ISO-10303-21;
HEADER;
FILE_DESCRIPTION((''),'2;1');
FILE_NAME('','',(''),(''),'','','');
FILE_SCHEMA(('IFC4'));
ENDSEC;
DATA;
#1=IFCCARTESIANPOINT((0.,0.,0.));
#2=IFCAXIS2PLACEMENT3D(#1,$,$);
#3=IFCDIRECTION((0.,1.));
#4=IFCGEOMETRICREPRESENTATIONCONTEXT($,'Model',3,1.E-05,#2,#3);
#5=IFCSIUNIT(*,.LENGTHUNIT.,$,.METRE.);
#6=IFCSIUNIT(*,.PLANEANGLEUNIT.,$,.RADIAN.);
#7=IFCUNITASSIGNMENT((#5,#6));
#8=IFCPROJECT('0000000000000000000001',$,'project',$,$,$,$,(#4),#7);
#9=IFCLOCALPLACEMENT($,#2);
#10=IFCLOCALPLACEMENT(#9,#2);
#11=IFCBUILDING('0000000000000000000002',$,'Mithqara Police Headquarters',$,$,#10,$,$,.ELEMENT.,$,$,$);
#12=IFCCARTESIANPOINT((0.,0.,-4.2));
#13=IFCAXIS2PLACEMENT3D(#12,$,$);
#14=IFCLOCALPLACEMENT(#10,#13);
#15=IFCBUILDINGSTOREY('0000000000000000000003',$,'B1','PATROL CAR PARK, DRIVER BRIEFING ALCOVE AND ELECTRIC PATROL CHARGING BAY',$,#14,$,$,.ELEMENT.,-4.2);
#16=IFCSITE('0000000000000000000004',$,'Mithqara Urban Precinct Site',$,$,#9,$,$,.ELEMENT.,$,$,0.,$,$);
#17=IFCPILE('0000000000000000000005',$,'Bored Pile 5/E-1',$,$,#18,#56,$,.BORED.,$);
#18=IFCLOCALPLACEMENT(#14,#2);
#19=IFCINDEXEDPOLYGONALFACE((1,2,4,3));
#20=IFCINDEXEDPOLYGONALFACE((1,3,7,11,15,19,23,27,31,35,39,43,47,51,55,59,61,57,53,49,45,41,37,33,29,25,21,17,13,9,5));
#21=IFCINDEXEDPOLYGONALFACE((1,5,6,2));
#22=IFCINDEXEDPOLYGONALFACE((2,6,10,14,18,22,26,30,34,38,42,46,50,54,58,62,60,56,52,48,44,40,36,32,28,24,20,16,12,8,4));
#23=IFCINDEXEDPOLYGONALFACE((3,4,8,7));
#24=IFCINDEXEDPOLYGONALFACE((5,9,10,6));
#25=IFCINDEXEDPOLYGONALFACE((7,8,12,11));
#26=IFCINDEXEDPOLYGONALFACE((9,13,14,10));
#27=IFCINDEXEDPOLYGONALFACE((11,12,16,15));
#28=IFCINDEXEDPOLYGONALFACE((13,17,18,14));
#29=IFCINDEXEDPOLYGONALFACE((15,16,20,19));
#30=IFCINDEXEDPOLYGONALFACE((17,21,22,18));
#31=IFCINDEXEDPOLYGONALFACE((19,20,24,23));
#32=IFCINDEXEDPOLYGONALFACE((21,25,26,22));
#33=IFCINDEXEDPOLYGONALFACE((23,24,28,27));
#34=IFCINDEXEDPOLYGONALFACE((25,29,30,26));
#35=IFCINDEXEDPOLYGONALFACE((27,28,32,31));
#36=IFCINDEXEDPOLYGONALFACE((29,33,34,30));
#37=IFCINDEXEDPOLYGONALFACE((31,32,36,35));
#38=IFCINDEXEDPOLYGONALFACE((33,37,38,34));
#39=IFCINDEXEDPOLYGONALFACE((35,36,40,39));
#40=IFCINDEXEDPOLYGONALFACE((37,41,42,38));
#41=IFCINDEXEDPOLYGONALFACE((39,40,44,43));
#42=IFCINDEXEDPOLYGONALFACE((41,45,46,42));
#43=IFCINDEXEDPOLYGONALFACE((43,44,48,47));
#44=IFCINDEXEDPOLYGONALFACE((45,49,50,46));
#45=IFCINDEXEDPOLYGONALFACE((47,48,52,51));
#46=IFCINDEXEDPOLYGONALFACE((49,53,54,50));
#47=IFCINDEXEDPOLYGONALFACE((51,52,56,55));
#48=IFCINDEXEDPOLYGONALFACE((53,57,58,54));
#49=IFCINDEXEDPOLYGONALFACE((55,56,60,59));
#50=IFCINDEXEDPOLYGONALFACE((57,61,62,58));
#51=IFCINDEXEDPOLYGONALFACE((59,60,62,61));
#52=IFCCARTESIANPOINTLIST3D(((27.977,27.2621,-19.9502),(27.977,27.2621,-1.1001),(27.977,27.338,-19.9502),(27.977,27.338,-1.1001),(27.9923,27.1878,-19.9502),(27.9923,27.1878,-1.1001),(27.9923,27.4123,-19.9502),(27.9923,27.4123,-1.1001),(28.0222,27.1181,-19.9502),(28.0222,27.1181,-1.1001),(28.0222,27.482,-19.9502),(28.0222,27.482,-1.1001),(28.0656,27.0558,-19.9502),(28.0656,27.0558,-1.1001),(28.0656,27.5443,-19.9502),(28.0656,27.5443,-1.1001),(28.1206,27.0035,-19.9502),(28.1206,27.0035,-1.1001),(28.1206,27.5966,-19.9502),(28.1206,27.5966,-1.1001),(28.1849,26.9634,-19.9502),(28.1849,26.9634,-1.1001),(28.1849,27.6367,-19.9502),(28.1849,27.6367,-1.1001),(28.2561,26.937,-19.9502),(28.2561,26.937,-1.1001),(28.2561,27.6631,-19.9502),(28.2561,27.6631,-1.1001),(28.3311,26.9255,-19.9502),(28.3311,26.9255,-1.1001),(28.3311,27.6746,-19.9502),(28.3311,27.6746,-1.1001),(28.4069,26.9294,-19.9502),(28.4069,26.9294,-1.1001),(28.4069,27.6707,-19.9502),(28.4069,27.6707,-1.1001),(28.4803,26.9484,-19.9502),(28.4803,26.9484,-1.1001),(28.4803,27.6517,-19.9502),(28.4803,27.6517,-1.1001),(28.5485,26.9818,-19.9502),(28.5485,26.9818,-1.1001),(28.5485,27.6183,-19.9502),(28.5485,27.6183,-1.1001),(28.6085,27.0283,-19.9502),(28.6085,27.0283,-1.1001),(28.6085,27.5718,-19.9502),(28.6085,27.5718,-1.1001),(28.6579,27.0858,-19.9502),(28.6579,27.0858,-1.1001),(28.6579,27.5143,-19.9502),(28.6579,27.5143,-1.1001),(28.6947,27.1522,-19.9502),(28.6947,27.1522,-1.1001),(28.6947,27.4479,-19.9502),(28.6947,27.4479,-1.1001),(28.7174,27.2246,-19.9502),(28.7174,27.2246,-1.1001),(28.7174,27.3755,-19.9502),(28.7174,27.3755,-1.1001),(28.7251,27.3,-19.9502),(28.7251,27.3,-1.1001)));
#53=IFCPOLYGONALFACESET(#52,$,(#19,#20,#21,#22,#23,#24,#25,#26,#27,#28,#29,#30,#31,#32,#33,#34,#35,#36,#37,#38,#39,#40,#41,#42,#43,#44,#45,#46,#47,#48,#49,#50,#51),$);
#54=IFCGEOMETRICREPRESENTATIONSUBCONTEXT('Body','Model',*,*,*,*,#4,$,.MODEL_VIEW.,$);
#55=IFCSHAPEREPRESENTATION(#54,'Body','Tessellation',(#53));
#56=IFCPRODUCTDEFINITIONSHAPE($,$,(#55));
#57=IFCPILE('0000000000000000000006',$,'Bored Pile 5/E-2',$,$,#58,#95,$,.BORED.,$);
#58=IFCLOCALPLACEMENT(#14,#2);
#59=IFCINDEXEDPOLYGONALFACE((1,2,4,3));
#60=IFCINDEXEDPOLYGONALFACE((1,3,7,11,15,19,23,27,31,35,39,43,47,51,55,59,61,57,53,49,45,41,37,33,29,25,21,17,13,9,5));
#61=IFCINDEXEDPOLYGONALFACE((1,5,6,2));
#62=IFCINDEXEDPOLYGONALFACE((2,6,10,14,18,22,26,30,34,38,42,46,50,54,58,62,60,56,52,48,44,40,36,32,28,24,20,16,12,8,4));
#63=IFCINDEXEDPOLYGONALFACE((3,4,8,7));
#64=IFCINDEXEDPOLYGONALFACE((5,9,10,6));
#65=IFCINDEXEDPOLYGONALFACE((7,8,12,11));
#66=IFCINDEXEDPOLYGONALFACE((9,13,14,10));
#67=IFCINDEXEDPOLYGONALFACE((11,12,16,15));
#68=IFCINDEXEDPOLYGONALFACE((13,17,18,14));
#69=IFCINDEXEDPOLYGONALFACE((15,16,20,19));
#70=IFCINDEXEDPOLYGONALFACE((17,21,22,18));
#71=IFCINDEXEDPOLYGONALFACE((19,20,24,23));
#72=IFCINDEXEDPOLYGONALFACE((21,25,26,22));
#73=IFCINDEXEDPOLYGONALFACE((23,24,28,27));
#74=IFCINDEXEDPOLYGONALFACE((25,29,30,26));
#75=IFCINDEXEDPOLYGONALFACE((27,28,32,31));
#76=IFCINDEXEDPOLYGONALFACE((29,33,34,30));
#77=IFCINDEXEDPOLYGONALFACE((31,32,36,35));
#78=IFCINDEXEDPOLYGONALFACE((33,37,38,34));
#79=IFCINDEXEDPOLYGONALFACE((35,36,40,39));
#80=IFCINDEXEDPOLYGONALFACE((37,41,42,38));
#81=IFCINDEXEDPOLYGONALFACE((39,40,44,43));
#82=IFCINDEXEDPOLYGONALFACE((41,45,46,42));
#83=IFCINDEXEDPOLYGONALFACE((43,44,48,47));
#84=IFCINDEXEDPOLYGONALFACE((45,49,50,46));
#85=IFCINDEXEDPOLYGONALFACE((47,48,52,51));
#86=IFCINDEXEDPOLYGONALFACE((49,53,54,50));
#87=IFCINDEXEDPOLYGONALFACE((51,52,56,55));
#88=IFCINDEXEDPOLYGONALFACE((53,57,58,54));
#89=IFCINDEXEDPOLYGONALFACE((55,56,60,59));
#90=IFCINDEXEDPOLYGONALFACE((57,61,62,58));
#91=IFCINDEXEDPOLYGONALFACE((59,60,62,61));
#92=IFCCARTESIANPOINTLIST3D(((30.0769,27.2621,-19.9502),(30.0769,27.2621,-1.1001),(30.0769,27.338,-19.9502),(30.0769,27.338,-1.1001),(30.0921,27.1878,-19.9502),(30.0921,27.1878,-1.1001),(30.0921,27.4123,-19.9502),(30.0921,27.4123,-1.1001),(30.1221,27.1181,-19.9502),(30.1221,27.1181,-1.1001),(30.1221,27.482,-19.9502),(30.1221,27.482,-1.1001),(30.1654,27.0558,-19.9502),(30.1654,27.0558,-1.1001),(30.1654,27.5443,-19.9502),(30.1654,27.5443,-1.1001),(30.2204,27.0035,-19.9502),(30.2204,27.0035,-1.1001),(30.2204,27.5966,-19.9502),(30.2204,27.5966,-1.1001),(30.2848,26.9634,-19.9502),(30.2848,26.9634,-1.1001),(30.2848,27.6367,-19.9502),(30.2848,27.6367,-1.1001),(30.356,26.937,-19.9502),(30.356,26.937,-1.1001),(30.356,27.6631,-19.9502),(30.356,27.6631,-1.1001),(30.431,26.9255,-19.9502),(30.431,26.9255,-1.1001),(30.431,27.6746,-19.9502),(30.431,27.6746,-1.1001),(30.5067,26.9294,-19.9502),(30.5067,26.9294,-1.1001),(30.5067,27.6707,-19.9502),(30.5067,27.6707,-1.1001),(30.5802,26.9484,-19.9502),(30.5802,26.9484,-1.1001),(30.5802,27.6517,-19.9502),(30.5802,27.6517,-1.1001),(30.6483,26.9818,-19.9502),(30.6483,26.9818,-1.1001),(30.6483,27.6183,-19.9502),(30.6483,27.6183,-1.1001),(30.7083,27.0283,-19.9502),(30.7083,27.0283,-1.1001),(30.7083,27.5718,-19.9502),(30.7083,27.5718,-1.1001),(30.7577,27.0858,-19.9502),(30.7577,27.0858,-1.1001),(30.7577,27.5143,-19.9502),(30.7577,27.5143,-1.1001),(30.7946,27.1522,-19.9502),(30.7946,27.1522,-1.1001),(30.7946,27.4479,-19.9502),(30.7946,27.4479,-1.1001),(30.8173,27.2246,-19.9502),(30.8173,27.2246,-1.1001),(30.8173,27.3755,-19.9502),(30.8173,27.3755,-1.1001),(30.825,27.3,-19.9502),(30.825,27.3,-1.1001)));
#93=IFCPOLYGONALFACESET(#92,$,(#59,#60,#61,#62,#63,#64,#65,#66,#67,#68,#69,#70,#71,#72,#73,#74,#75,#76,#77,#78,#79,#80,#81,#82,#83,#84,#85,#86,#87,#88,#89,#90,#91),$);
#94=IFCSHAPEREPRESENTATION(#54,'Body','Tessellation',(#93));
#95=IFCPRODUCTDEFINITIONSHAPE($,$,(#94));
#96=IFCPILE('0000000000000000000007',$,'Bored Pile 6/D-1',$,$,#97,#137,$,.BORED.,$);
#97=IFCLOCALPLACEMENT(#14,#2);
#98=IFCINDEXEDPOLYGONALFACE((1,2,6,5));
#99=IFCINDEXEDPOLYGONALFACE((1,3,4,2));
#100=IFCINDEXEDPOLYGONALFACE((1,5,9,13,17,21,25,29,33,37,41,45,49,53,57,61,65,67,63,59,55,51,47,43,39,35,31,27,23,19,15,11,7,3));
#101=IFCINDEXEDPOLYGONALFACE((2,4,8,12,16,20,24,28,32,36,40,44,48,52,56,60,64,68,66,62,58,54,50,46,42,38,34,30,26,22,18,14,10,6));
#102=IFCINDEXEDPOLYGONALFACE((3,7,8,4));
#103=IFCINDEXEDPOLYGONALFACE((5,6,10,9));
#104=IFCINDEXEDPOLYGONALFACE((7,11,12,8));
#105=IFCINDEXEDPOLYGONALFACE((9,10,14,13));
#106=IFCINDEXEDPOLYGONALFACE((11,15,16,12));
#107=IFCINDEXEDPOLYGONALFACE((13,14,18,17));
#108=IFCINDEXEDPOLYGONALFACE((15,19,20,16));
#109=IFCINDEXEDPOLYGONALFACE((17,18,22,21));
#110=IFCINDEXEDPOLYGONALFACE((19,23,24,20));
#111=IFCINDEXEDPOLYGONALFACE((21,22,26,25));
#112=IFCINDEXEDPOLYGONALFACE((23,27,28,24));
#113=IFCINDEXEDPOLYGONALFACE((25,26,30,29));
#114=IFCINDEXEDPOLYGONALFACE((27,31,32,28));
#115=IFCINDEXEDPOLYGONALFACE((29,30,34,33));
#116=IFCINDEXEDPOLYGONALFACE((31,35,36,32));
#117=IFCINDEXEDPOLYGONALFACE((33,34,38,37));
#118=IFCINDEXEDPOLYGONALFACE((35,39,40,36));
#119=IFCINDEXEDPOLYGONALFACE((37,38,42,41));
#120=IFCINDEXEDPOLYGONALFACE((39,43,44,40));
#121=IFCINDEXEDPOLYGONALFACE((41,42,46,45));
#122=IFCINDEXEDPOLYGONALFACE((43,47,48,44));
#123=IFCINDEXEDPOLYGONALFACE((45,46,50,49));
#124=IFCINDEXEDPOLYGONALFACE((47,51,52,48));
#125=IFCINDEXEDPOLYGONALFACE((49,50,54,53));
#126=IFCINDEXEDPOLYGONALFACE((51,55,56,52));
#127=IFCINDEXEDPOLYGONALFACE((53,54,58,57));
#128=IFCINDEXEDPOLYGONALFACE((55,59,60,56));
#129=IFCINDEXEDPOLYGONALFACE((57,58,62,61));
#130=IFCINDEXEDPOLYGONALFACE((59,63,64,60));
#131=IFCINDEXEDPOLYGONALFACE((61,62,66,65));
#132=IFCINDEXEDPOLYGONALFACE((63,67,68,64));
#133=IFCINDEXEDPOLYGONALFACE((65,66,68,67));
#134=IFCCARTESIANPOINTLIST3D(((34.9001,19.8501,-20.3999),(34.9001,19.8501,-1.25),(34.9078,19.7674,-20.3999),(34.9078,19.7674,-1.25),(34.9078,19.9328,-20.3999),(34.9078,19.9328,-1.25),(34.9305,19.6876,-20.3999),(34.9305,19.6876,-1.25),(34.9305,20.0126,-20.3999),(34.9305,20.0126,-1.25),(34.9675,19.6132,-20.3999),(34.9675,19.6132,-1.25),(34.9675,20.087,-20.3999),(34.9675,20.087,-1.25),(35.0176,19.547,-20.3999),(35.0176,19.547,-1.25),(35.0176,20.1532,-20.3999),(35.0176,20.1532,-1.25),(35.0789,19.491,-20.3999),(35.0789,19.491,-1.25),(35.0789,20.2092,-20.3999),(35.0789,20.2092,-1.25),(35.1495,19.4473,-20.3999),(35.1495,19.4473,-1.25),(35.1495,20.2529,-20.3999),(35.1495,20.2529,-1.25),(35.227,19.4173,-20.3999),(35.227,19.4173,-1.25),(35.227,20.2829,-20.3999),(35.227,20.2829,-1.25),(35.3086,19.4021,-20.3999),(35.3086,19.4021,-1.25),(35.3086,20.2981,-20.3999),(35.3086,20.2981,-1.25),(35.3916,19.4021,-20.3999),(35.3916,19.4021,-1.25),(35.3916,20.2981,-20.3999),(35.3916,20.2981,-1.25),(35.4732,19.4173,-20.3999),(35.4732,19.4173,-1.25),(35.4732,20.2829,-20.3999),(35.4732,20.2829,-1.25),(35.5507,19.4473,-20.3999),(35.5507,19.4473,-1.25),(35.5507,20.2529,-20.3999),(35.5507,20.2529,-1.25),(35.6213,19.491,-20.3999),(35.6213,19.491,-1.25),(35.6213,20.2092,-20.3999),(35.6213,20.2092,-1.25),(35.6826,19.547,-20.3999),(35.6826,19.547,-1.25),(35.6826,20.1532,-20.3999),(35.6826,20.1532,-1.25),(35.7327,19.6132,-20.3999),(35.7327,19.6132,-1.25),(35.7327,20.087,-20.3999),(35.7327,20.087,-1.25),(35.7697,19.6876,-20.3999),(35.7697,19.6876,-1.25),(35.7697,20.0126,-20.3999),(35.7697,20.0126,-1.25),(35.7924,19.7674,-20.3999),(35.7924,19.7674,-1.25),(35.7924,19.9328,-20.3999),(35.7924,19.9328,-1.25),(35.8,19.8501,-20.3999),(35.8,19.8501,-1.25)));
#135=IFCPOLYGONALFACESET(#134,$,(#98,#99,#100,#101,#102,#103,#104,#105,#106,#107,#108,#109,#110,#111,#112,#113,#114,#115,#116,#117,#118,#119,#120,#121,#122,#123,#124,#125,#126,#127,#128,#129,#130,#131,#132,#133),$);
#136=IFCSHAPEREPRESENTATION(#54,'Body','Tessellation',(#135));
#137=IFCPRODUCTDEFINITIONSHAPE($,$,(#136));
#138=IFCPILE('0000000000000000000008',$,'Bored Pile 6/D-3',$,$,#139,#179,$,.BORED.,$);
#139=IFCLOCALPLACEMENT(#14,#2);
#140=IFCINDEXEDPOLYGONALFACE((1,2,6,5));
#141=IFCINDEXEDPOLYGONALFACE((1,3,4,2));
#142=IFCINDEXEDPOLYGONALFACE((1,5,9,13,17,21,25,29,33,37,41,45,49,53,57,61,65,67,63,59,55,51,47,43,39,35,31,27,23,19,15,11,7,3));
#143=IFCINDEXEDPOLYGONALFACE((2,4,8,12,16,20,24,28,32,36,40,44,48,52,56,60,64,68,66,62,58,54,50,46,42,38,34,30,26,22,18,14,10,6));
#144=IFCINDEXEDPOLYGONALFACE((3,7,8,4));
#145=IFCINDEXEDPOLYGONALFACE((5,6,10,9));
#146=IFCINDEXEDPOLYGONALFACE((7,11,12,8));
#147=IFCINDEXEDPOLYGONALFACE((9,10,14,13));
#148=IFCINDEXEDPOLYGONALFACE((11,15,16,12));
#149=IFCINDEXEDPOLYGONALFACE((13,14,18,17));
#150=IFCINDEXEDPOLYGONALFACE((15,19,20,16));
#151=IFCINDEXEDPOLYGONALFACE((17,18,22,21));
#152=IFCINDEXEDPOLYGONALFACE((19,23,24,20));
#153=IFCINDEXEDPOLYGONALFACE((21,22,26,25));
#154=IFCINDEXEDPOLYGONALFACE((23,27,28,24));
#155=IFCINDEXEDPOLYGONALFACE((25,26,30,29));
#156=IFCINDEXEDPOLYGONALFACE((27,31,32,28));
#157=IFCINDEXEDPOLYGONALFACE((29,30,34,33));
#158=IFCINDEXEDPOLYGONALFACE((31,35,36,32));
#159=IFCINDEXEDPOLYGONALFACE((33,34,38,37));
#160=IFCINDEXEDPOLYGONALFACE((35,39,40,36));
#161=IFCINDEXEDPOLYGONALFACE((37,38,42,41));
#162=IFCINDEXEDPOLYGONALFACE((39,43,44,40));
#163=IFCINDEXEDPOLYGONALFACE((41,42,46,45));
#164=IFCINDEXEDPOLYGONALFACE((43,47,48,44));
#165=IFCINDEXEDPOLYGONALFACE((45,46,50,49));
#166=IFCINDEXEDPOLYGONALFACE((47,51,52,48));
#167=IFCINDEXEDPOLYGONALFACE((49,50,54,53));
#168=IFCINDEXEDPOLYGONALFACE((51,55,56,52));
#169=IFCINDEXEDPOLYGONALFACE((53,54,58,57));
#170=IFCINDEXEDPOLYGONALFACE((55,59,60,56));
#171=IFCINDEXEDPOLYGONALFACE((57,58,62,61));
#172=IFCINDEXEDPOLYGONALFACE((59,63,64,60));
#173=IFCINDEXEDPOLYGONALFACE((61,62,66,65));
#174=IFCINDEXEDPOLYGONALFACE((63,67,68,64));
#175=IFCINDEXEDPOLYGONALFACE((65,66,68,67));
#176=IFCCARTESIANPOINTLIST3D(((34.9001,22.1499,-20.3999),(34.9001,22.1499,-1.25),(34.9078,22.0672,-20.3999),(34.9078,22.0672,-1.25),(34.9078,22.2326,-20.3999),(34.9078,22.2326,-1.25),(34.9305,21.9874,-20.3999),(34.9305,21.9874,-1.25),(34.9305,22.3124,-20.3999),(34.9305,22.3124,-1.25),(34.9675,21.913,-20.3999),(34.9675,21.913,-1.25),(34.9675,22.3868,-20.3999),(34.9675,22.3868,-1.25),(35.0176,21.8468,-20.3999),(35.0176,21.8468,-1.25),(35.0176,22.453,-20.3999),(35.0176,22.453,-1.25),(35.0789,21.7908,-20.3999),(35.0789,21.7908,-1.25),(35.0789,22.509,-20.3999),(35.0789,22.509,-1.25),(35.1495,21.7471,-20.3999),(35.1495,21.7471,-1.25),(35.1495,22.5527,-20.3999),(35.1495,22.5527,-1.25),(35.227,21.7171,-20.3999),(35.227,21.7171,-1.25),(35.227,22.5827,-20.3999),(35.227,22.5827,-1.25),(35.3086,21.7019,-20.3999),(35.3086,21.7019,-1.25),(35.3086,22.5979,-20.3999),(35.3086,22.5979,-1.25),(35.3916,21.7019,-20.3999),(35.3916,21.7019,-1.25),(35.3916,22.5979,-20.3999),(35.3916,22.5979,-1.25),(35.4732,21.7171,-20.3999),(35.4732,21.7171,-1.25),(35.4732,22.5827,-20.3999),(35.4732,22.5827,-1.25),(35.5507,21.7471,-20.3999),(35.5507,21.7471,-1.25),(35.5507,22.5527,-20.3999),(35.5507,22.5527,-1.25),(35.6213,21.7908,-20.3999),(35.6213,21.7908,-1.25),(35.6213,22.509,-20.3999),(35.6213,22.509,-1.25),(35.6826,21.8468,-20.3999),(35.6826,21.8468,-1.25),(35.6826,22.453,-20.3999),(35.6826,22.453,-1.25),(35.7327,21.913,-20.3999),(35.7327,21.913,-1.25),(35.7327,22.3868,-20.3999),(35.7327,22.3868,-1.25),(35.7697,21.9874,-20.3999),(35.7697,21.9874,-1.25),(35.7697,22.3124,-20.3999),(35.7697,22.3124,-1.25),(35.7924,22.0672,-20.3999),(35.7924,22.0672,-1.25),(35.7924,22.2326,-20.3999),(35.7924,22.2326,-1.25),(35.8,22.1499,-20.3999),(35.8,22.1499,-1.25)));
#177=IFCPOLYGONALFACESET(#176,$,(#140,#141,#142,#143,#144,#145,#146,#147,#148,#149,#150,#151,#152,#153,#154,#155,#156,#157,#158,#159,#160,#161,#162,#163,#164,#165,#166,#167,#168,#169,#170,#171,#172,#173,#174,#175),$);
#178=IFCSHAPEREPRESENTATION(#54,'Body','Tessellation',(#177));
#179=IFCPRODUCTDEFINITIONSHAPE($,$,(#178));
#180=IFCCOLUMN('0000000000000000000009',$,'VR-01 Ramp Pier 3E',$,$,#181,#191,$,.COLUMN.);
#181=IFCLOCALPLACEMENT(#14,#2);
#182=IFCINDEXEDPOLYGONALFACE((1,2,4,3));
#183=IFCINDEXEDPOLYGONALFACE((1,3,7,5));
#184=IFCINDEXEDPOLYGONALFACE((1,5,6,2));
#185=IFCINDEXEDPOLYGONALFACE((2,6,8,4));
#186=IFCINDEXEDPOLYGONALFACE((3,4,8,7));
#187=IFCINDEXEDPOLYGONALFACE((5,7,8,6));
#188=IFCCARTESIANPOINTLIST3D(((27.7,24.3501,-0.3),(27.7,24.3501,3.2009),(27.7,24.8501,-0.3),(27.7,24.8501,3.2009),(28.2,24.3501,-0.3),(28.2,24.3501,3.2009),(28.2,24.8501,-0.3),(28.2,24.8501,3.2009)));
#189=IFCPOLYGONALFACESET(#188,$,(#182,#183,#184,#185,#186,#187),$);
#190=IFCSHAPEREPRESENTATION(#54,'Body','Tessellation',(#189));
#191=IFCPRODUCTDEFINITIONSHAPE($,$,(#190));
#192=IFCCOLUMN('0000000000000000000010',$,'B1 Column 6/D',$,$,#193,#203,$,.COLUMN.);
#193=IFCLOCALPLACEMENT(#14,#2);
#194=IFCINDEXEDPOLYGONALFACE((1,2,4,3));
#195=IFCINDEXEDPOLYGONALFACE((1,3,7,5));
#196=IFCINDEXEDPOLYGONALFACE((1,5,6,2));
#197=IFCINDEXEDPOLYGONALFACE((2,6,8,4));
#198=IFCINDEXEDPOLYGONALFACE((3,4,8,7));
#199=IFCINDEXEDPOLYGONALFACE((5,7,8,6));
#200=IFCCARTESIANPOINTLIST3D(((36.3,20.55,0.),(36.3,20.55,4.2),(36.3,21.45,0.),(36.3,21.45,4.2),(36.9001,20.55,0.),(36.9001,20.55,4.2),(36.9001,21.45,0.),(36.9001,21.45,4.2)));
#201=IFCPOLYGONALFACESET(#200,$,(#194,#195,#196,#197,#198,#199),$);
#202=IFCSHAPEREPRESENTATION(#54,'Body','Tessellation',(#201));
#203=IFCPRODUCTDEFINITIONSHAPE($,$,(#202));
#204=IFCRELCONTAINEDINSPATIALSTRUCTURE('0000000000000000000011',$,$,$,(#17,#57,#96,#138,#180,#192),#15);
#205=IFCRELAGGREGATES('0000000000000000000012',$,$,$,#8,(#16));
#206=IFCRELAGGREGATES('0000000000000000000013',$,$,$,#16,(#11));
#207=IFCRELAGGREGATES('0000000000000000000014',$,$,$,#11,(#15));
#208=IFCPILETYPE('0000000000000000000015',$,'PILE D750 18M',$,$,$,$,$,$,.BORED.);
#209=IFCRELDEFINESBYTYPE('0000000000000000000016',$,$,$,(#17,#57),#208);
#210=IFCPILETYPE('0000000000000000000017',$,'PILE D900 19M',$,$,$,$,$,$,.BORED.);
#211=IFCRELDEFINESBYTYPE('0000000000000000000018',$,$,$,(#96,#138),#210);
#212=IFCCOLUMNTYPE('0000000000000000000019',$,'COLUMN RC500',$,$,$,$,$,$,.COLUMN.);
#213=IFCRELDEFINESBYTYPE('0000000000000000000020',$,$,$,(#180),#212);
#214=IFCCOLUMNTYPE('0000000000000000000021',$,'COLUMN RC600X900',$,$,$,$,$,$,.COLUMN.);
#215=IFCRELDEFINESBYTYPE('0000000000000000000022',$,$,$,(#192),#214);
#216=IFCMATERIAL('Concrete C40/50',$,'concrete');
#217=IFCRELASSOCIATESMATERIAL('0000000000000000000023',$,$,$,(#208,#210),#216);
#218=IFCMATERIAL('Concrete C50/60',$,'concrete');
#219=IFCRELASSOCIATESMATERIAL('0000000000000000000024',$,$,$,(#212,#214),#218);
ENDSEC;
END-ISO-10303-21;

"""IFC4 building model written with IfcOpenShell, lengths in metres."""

from ifc_helpers import new_model, si_unit, direction, frame, origin, origin_2d, place, context, subcontext, project, spatial, rectangle, circle, extrude, material, material_profile, profile_set, type_object, element, save


model = new_model("IFC4")

# Units and contexts
model_context = context("Model", 3, precision=1e-05, world=origin(), true_north=direction((0.0, 1.0)))
body_context = subcontext(model_context, "Body", "Model", "MODEL_VIEW")
ifc_project = project(units=[si_unit("LENGTHUNIT", "METRE"), si_unit("PLANEANGLEUNIT", "RADIAN")], contexts=[model_context])

# Site, building, storey
site_placement = place(None, origin())
site = spatial("IfcSite", under=ifc_project, at=site_placement, Name="Mithqara Urban Precinct Site", CompositionType="ELEMENT", RefElevation=0.0)
building_placement = place(site_placement, origin())
building = spatial("IfcBuilding", under=site, at=building_placement, Name="Mithqara Police Headquarters", CompositionType="ELEMENT")
storey_placement = place(building_placement, frame((0.0, 0.0, -4.2)))
storey = spatial("IfcBuildingStorey", under=building, at=storey_placement, Name="B1", Description="PATROL CAR PARK, DRIVER BRIEFING ALCOVE AND ELECTRIC PATROL CHARGING BAY", CompositionType="ELEMENT", Elevation=-4.2)

# Shared definitions
ifc_material_1 = material(Name="Concrete C40/50", Category="concrete")

# Piles
ifc_material_profile_1 = material_profile(ifc_material_1, circle(Radius=0.375, at=origin_2d()), Name="PILE D750")
ifc_profile_set_1 = profile_set([ifc_material_profile_1], Name="Concrete C40/50")
pile_type_1 = type_object("IfcPileType", Name="PILE D750 18M", PredefinedType="BORED", material=ifc_profile_set_1)
for number, where, z_axis, x_axis, name in (
    (1, (28.3501, 27.3, -1.1001), (0.0, 0.0, -1.0), (1.0, 0.0, 0.0), "Bored Pile 5/E-1"),
    (2, (30.45, 27.3, -1.1001), (0.0, 0.0, -1.0), (1.0, 0.0, 0.0), "Bored Pile 5/E-2"),
):
    element("IfcPile", number, at=place(storey_placement, frame(where, z_axis=z_axis, x_axis=x_axis)), inside=storey, type_object=pile_type_1, Name=name, PredefinedType="BORED", context=body_context, shape_type="SweptSolid", body=[
        extrude(circle(Radius=0.375, at=origin_2d()), origin(), (0.0, 0.0, 1.0), 18.8501),
    ])
ifc_material_profile_2 = material_profile(ifc_material_1, circle(Radius=0.45, at=origin_2d()), Name="PILE D900")
ifc_profile_set_2 = profile_set([ifc_material_profile_2], Name="Concrete C40/50")
pile_type_2 = type_object("IfcPileType", Name="PILE D900 19M", PredefinedType="BORED", material=ifc_profile_set_2)
for number, where, z_axis, x_axis, name in (
    (3, (35.3501, 19.8501, -1.25), (0.0, 0.0, -1.0), (1.0, 0.0, 0.0), "Bored Pile 6/D-1"),
    (4, (35.3501, 22.1499, -1.25), (0.0, 0.0, -1.0), (1.0, 0.0, 0.0), "Bored Pile 6/D-3"),
):
    element("IfcPile", number, at=place(storey_placement, frame(where, z_axis=z_axis, x_axis=x_axis)), inside=storey, type_object=pile_type_2, Name=name, PredefinedType="BORED", context=body_context, shape_type="SweptSolid", body=[
        extrude(circle(Radius=0.45, at=origin_2d()), origin(), (0.0, 0.0, 1.0), 19.1499),
    ])

# Columns
ifc_material_2 = material(Name="Concrete C50/60", Category="concrete")
ifc_material_profile_3 = material_profile(ifc_material_2, rectangle(XDim=0.5, YDim=0.5, at=origin_2d()), Name="RC 500x500")
ifc_profile_set_3 = profile_set([ifc_material_profile_3], Name="Concrete C50/60")
column_type_1 = type_object("IfcColumnType", Name="COLUMN RC500", PredefinedType="COLUMN", material=ifc_profile_set_3)
column_1_placement = place(storey_placement, frame((27.95, 24.6001, -0.3), z_axis=(0.0, 0.0, 1.0), x_axis=(1.0, 0.0, 0.0)))
element("IfcColumn", 5, at=column_1_placement, inside=storey, type_object=column_type_1, Name="VR-01 Ramp Pier 3E", PredefinedType="COLUMN", context=body_context, shape_type="SweptSolid", body=[
    extrude(rectangle(XDim=0.5, YDim=0.5, at=origin_2d()), origin(), (0.0, 0.0, 1.0), 3.501),
])
ifc_material_profile_4 = material_profile(ifc_material_2, rectangle(XDim=0.6001, YDim=0.8999, at=origin_2d()), Name="RC 600x900")
ifc_profile_set_4 = profile_set([ifc_material_profile_4], Name="Concrete C50/60")
column_type_2 = type_object("IfcColumnType", Name="COLUMN RC600X900", PredefinedType="COLUMN", material=ifc_profile_set_4)
column_2_placement = place(storey_placement, frame((36.6001, 21.0, 0.0), z_axis=(0.0, 0.0, 1.0), x_axis=(1.0, 0.0, 0.0)))
element("IfcColumn", 6, at=column_2_placement, inside=storey, type_object=column_type_2, Name="B1 Column 6/D", PredefinedType="COLUMN", context=body_context, shape_type="SweptSolid", body=[
    extrude(rectangle(XDim=0.6001, YDim=0.8999, at=origin_2d()), origin(), (0.0, 0.0, 1.0), 4.2),
])

save(model, "model.ifc")
